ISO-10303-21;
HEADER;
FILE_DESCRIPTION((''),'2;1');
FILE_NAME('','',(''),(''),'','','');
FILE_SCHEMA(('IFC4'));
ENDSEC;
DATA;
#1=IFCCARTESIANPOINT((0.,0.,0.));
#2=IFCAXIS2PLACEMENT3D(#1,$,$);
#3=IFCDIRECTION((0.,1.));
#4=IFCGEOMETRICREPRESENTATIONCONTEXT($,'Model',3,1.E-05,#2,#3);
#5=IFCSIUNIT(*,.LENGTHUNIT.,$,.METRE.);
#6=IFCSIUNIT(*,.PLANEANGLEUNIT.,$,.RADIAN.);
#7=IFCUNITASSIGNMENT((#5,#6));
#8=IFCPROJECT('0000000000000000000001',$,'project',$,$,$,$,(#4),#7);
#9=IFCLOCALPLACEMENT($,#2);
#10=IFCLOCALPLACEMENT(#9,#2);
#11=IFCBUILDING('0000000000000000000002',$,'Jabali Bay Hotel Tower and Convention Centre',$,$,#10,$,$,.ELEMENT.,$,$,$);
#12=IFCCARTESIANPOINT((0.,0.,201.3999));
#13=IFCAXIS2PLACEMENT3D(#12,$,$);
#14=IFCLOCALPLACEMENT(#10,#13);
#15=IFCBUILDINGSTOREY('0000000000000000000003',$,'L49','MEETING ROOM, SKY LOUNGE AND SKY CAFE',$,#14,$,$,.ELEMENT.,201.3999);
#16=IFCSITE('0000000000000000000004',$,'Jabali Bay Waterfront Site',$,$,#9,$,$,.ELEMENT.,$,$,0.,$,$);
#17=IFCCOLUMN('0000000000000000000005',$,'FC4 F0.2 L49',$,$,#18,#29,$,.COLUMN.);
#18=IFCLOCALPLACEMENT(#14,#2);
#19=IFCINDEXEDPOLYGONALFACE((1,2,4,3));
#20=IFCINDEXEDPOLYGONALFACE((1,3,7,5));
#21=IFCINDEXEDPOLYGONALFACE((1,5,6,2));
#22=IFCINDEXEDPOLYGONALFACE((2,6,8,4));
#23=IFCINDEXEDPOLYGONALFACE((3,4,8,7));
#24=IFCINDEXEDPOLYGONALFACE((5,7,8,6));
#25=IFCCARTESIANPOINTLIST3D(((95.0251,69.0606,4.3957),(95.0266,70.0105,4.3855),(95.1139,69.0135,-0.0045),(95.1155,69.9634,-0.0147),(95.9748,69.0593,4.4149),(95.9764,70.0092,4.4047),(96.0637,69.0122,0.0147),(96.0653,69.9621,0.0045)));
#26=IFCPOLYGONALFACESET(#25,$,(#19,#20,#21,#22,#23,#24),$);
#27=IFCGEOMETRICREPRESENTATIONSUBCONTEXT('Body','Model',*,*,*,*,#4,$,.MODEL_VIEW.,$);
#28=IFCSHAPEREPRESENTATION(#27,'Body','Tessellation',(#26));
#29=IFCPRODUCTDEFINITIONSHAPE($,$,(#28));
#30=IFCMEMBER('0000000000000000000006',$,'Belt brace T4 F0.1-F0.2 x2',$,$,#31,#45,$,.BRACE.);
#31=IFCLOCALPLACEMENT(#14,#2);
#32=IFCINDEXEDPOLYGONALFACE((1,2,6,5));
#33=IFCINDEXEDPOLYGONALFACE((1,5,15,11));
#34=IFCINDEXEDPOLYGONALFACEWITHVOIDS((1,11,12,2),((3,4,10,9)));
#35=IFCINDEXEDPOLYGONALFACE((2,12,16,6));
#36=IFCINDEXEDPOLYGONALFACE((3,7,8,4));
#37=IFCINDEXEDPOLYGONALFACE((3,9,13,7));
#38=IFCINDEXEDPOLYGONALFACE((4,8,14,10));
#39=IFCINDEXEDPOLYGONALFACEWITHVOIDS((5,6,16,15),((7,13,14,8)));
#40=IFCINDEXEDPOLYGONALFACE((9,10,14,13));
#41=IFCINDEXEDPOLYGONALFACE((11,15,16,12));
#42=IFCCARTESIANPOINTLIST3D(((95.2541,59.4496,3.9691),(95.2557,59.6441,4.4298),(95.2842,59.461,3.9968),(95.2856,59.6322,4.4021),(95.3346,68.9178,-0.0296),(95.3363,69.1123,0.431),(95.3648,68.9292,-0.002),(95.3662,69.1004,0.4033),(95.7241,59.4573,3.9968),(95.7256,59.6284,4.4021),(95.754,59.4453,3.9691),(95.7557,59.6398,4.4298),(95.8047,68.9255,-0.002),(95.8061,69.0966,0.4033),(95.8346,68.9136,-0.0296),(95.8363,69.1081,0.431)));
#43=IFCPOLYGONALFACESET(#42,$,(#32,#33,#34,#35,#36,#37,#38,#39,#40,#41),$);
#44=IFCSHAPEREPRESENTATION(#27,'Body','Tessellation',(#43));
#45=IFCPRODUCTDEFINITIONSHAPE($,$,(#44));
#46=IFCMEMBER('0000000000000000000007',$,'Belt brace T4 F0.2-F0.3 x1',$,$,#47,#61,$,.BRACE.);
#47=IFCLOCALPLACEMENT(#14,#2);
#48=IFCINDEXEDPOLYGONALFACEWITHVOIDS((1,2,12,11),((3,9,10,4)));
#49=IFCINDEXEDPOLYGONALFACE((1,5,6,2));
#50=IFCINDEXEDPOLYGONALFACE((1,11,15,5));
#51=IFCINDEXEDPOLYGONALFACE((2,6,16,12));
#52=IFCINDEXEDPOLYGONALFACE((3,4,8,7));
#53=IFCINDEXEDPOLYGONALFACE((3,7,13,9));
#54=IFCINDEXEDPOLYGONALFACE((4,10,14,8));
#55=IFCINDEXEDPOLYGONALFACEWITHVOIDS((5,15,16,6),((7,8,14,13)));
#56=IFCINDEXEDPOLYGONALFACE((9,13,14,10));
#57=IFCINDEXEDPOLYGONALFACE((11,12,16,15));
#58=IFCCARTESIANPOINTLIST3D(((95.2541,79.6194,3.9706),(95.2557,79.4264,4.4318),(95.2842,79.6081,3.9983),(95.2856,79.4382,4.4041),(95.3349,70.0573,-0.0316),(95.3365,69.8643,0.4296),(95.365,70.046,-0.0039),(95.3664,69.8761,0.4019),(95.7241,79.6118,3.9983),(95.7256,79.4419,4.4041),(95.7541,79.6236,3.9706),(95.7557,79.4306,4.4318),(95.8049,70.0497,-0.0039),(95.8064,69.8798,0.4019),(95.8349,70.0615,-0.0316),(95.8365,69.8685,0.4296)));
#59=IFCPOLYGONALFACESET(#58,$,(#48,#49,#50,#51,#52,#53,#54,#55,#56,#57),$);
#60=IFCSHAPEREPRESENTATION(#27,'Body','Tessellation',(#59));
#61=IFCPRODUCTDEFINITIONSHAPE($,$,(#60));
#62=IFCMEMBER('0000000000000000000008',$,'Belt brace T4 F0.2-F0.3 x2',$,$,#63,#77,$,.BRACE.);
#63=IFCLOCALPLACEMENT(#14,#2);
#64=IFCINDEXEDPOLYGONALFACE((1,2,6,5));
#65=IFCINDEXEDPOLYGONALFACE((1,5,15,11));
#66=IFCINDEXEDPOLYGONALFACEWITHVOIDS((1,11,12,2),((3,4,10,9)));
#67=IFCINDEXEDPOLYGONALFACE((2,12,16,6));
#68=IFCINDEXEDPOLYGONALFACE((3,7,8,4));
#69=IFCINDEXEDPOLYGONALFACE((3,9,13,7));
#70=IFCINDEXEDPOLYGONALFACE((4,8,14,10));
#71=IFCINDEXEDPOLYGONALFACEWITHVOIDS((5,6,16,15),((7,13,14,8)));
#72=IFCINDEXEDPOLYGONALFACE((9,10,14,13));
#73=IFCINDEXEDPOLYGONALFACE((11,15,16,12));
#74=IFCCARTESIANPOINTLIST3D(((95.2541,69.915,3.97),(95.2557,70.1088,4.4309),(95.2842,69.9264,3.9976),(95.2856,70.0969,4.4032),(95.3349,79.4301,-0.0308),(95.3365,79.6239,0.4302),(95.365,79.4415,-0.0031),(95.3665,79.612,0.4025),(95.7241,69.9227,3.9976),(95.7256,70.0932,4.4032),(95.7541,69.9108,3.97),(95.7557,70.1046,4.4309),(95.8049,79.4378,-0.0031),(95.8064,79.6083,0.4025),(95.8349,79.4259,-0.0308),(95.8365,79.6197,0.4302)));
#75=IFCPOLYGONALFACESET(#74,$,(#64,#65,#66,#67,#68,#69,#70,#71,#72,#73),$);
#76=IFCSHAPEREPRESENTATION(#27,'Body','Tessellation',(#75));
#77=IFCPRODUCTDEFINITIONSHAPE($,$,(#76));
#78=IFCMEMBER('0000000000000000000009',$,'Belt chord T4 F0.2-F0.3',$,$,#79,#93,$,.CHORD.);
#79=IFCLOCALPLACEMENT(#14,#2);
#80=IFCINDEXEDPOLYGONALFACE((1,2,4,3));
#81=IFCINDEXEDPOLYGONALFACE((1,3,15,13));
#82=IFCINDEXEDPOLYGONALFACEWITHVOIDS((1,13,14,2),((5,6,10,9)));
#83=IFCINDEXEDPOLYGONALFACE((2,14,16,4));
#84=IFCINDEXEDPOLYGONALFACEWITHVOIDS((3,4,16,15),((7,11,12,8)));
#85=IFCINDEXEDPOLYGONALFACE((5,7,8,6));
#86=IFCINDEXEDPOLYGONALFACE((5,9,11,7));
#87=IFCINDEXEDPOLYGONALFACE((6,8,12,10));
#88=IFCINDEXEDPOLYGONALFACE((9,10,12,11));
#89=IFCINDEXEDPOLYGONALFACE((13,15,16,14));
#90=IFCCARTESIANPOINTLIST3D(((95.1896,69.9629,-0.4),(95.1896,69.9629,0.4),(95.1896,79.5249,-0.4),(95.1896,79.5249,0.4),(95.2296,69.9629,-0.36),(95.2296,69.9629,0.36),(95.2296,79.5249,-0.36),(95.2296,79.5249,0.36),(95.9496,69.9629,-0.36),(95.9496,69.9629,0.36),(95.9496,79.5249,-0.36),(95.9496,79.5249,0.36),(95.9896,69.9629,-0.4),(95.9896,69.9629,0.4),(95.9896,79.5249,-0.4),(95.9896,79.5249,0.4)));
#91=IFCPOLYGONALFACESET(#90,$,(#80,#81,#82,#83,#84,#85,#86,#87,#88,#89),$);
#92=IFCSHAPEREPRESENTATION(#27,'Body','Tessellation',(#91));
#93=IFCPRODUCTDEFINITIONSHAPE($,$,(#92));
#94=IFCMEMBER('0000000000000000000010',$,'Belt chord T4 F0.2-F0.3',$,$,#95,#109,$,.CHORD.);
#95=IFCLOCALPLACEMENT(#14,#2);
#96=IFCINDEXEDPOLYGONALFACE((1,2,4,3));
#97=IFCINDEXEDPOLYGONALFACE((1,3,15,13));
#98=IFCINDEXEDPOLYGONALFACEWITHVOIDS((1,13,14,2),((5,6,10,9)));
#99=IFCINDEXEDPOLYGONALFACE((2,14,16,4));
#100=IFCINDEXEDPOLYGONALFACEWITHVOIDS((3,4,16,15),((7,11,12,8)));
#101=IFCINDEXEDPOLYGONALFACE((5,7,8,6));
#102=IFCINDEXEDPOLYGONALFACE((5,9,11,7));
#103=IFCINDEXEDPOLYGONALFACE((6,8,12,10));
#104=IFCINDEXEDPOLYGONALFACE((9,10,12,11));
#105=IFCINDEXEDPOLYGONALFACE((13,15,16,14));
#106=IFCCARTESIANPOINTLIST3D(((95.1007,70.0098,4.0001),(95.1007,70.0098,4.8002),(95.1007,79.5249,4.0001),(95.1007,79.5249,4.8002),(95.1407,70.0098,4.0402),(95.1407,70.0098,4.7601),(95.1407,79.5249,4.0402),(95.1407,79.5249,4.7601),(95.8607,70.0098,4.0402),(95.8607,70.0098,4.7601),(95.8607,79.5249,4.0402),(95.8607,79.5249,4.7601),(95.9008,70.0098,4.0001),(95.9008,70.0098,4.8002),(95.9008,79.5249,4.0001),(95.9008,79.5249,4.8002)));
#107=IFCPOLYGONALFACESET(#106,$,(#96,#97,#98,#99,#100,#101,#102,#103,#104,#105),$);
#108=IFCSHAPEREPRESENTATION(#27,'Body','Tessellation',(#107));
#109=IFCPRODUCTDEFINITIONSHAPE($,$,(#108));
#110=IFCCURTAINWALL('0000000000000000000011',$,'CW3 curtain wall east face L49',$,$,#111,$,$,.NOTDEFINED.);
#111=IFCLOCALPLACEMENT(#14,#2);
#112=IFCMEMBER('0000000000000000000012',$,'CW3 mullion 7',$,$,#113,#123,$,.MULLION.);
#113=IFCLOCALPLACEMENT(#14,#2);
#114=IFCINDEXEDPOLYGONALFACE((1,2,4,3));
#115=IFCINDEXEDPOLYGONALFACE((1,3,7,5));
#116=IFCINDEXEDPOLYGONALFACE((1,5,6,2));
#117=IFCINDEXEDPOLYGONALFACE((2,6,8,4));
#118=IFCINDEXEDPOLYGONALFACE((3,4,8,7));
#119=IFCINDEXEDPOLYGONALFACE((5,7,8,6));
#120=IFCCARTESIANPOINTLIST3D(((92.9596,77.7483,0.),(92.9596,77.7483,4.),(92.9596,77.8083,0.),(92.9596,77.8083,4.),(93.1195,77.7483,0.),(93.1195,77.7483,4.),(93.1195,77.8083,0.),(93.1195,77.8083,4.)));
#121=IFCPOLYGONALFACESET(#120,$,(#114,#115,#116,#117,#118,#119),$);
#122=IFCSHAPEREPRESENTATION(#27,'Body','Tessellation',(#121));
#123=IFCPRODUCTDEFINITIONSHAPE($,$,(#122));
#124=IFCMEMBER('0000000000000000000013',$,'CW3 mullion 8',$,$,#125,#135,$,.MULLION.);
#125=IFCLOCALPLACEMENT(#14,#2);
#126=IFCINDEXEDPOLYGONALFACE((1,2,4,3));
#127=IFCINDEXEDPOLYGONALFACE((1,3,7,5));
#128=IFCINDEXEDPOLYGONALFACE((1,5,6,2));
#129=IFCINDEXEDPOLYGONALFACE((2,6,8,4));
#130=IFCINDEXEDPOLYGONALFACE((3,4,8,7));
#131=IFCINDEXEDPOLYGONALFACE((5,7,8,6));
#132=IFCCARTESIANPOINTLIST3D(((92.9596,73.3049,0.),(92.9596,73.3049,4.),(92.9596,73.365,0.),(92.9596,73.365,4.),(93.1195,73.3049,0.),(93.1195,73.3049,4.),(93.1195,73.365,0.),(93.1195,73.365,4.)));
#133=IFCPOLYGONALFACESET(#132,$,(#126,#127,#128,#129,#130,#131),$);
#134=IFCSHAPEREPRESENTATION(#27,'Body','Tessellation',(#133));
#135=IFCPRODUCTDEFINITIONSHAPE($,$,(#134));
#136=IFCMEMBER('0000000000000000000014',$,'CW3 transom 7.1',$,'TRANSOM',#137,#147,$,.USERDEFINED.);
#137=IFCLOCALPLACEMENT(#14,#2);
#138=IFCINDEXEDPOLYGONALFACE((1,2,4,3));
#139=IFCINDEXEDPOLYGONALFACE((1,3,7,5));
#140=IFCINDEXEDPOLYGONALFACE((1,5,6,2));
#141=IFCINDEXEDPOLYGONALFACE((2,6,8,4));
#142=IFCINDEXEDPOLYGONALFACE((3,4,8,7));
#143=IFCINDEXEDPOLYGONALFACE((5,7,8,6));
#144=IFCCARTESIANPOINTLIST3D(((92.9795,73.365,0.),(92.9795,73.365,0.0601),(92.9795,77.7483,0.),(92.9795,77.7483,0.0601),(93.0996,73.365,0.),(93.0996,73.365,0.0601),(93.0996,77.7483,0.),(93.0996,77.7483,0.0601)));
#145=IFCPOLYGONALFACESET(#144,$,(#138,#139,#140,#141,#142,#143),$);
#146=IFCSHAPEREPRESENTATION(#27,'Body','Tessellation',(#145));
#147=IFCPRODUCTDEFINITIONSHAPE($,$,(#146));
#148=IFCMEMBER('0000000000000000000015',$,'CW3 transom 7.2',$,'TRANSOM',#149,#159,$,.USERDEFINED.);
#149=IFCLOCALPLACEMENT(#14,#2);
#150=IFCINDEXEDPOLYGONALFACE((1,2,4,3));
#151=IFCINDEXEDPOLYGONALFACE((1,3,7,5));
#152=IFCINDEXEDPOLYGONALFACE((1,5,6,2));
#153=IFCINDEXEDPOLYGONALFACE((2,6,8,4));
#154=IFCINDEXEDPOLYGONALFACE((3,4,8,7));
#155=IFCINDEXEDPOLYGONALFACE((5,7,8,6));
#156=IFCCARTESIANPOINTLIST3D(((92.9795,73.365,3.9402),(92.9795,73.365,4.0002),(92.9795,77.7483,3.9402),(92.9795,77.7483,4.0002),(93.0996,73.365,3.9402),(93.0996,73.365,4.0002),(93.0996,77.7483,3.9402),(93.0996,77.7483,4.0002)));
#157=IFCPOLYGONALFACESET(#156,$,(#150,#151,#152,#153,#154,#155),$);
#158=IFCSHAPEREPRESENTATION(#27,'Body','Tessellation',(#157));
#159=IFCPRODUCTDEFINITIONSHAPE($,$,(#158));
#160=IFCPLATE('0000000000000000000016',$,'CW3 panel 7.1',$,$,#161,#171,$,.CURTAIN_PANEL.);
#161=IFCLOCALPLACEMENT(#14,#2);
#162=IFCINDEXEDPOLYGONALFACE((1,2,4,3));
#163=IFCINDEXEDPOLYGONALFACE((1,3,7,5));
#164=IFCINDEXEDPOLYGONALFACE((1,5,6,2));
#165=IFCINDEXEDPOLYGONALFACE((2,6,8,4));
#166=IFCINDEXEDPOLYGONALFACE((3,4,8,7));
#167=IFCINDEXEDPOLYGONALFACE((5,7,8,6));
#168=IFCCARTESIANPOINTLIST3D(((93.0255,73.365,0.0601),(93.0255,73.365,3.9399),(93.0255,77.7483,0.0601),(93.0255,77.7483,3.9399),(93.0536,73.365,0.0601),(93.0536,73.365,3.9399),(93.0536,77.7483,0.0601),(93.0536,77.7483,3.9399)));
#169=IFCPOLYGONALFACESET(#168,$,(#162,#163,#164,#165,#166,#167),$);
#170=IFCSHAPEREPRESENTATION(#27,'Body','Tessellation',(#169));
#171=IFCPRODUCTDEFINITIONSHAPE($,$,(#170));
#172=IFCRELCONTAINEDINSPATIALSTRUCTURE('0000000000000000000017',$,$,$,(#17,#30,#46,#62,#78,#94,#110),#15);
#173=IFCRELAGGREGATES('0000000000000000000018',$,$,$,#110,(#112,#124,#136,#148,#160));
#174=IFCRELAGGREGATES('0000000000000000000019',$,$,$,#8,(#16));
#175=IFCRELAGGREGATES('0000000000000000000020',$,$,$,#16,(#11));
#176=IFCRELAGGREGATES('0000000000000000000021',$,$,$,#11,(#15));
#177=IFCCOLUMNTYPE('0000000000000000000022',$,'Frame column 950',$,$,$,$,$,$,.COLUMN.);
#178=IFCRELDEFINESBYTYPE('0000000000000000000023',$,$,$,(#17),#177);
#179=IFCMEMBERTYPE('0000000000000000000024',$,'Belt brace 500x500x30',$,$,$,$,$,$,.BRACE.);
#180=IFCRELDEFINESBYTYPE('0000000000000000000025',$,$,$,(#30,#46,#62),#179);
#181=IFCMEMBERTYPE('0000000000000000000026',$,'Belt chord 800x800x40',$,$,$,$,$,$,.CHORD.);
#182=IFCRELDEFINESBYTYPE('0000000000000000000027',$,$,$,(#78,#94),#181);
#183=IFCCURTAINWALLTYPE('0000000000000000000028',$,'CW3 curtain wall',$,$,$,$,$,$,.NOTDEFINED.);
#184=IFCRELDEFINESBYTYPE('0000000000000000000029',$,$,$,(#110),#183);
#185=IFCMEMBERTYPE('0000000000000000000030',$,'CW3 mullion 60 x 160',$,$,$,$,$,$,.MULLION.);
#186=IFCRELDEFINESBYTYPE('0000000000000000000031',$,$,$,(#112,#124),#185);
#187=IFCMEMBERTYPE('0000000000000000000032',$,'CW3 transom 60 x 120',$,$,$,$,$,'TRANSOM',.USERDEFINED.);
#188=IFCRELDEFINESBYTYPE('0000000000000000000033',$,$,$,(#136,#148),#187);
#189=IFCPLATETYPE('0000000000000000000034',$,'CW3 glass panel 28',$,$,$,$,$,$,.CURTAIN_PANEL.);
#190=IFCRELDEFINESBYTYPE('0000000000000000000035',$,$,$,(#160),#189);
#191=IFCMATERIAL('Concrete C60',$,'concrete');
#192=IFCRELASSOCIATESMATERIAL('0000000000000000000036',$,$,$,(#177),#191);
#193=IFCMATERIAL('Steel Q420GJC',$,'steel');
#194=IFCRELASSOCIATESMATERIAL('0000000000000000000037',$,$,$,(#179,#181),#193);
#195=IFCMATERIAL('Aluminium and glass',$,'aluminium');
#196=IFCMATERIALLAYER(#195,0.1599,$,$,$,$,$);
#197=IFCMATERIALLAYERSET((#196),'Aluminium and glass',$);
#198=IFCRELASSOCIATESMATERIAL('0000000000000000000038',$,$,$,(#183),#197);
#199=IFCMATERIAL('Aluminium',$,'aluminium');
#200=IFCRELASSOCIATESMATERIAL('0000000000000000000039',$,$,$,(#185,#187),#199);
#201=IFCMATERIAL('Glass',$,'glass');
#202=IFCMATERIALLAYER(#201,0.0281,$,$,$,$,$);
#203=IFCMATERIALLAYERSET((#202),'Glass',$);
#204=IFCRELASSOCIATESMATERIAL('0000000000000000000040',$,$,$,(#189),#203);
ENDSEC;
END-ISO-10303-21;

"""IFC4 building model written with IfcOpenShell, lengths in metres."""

from ifc_helpers import new_model, si_unit, direction, frame, origin, origin_2d, place, context, subcontext, project, spatial, rectangle, hollow_rectangle, extrude, material, layer, layer_set, material_profile, profile_set, type_object, element, aggregate, save


model = new_model("IFC4")

# Units and contexts
model_context = context("Model", 3, precision=1e-05, world=origin(), true_north=direction((0.0, 1.0)))
body_context = subcontext(model_context, "Body", "Model", "MODEL_VIEW")
ifc_project = project(units=[si_unit("LENGTHUNIT", "METRE"), si_unit("PLANEANGLEUNIT", "RADIAN")], contexts=[model_context])

# Site, building, storey
site_placement = place(None, origin())
site = spatial("IfcSite", under=ifc_project, at=site_placement, Name="Jabali Bay Waterfront Site", CompositionType="ELEMENT", RefElevation=0.0)
building_placement = place(site_placement, origin())
building = spatial("IfcBuilding", under=site, at=building_placement, Name="Jabali Bay Hotel Tower and Convention Centre", CompositionType="ELEMENT")
storey_placement = place(building_placement, frame((0.0, 0.0, 201.3999)))
storey = spatial("IfcBuildingStorey", under=building, at=storey_placement, Name="L49", Description="MEETING ROOM, SKY LOUNGE AND SKY CAFE", CompositionType="ELEMENT", Elevation=201.3999)

# Column
ifc_material_1 = material(Name="Concrete C60", Category="concrete")
ifc_material_profile_1 = material_profile(ifc_material_1, rectangle(XDim=0.95, YDim=0.95, at=origin_2d()), Name="Frame column 950")
ifc_profile_set_1 = profile_set([ifc_material_profile_1], Name="Concrete C60")
column_type = type_object("IfcColumnType", Name="Frame column 950", PredefinedType="COLUMN", material=ifc_profile_set_1)
column_placement = place(storey_placement, frame((95.5896, 69.4878, 0.0), z_axis=(-0.020191, 0.010706, 0.999739), x_axis=(-0.001646, -0.999942, 0.010675)))
element("IfcColumn", 1, at=column_placement, inside=storey, type_object=column_type, Name="FC4 F0.2 L49", PredefinedType="COLUMN", context=body_context, shape_type="SweptSolid", body=[
    extrude(rectangle(XDim=0.95, YDim=0.95, at=origin_2d()), origin(), (0.0, 0.0, 1.0), 4.4014),
])

# Members
ifc_material_2 = material(Name="Steel Q420GJC", Category="steel")
ifc_material_profile_2 = material_profile(ifc_material_2, hollow_rectangle(XDim=0.5, YDim=0.5, WallThickness=0.03, at=origin_2d()), Name="Belt brace 500x500x30")
ifc_profile_set_2 = profile_set([ifc_material_profile_2], Name="Steel Q420GJC")
member_type_1 = type_object("IfcMemberType", Name="Belt brace 500x500x30", PredefinedType="BRACE", material=ifc_profile_set_2)
member_1_placement = place(storey_placement, frame((95.5854, 69.0129, 0.2007), z_axis=(-0.007838, -0.921184, 0.389048), x_axis=(0.999964, -0.008509, 0.0)))
element("IfcMember", 2, at=member_1_placement, inside=storey, type_object=member_type_1, Name="Belt brace T4 F0.1-F0.2 x2", PredefinedType="BRACE", context=body_context, shape_type="SweptSolid", body=[
    extrude(hollow_rectangle(XDim=0.5, YDim=0.5, WallThickness=0.03, at=origin_2d()), origin(), (0.0, 0.0, 1.0), 10.2783),
])
member_2_placement = place(storey_placement, frame((95.5857, 69.9629, 0.199), z_axis=(-0.007796, 0.92243, 0.386085), x_axis=(-0.999964, -0.008451, 0.0)))
element("IfcMember", 3, at=member_2_placement, inside=storey, type_object=member_type_1, Name="Belt brace T4 F0.2-F0.3 x1", PredefinedType="BRACE", context=body_context, shape_type="SweptSolid", body=[
    extrude(hollow_rectangle(XDim=0.5, YDim=0.5, WallThickness=0.03, at=origin_2d()), origin(), (0.0, 0.0, 1.0), 10.3662),
])
member_3_placement = place(storey_placement, frame((95.5857, 79.5249, 0.1997), z_axis=(-0.007829, -0.921802, 0.387581), x_axis=(0.999964, -0.008493, 0.0)))
element("IfcMember", 4, at=member_3_placement, inside=storey, type_object=member_type_1, Name="Belt brace T4 F0.2-F0.3 x2", PredefinedType="BRACE", context=body_context, shape_type="SweptSolid", body=[
    extrude(hollow_rectangle(XDim=0.5, YDim=0.5, WallThickness=0.03, at=origin_2d()), origin(), (0.0, 0.0, 1.0), 10.3223),
])
ifc_material_profile_3 = material_profile(ifc_material_2, hollow_rectangle(XDim=0.8, YDim=0.8, WallThickness=0.04, at=origin_2d()), Name="Belt chord 800x800x40")
ifc_profile_set_3 = profile_set([ifc_material_profile_3], Name="Steel Q420GJC")
member_type_2 = type_object("IfcMemberType", Name="Belt chord 800x800x40", PredefinedType="CHORD", material=ifc_profile_set_3)
member_4_placement = place(storey_placement, frame((95.5896, 69.9629, 0.0), z_axis=(0.0, 1.0, 0.0), x_axis=(-1.0, 0.0, 0.0)))
element("IfcMember", 5, at=member_4_placement, inside=storey, type_object=member_type_2, Name="Belt chord T4 F0.2-F0.3", PredefinedType="CHORD", context=body_context, shape_type="SweptSolid", body=[
    extrude(hollow_rectangle(XDim=0.8, YDim=0.8, WallThickness=0.04, at=origin_2d()), origin(), (0.0, 0.0, 1.0), 9.562),
])
member_5_placement = place(storey_placement, frame((95.5007, 70.0098, 4.4001), z_axis=(0.0, 1.0, 0.0), x_axis=(-1.0, 0.0, 0.0)))
element("IfcMember", 6, at=member_5_placement, inside=storey, type_object=member_type_2, Name="Belt chord T4 F0.2-F0.3", PredefinedType="CHORD", context=body_context, shape_type="SweptSolid", body=[
    extrude(hollow_rectangle(XDim=0.8, YDim=0.8, WallThickness=0.04, at=origin_2d()), origin(), (0.0, 0.0, 1.0), 9.5151),
])

# Curtain wall, members, plate
ifc_material_3 = material(Name="Aluminium and glass", Category="aluminium")
ifc_layer_1 = layer(ifc_material_3, 0.1599)
ifc_layer_set_1 = layer_set([ifc_layer_1], Name="Aluminium and glass")
curtain_wall_type = type_object("IfcCurtainWallType", Name="CW3 curtain wall", PredefinedType="NOTDEFINED", material=ifc_layer_set_1)
curtain_wall_placement = place(storey_placement, origin())
curtain_wall = element("IfcCurtainWall", 7, at=curtain_wall_placement, inside=storey, type_object=curtain_wall_type, Name="CW3 curtain wall east face L49", PredefinedType="NOTDEFINED")
ifc_material_4 = material(Name="Aluminium", Category="aluminium")
ifc_material_profile_4 = material_profile(ifc_material_4, rectangle(XDim=0.1599, YDim=0.0601, at=origin_2d()), Name="CW3 mullion 60 x 160")
ifc_profile_set_4 = profile_set([ifc_material_profile_4], Name="Aluminium")
member_type_3 = type_object("IfcMemberType", Name="CW3 mullion 60 x 160", PredefinedType="MULLION", material=ifc_profile_set_4)
member_6_placement = place(storey_placement, frame((93.0396, 77.7783, 0.0), z_axis=(0.0, 0.0, 1.0), x_axis=(1.0, 0.0, 0.0)))
member_6 = element("IfcMember", 8, at=member_6_placement, type_object=member_type_3, Name="CW3 mullion 7", PredefinedType="MULLION", context=body_context, shape_type="SweptSolid", body=[
    extrude(rectangle(XDim=0.1599, YDim=0.0601, at=origin_2d()), origin(), (0.0, 0.0, 1.0), 4.0),
])
member_7_placement = place(storey_placement, frame((93.0396, 73.335, 0.0), z_axis=(0.0, 0.0, 1.0), x_axis=(1.0, 0.0, 0.0)))
member_7 = element("IfcMember", 9, at=member_7_placement, type_object=member_type_3, Name="CW3 mullion 8", PredefinedType="MULLION", context=body_context, shape_type="SweptSolid", body=[
    extrude(rectangle(XDim=0.1599, YDim=0.0601, at=origin_2d()), origin(), (0.0, 0.0, 1.0), 4.0),
])
ifc_material_profile_5 = material_profile(ifc_material_4, rectangle(XDim=0.1201, YDim=0.0601, at=origin_2d()), Name="CW3 transom 60 x 120")
ifc_profile_set_5 = profile_set([ifc_material_profile_5], Name="Aluminium")
member_type_4 = type_object("IfcMemberType", Name="CW3 transom 60 x 120", ElementType="TRANSOM", PredefinedType="USERDEFINED", material=ifc_profile_set_5)
member_8_placement = place(storey_placement, frame((93.0396, 77.7483, 0.03), z_axis=(0.0, -1.0, 0.0), x_axis=(1.0, 0.0, 0.0)))
member_8 = element("IfcMember", 10, at=member_8_placement, type_object=member_type_4, Name="CW3 transom 7.1", ObjectType="TRANSOM", PredefinedType="USERDEFINED", context=body_context, shape_type="SweptSolid", body=[
    extrude(rectangle(XDim=0.1201, YDim=0.0601, at=origin_2d()), origin(), (0.0, 0.0, 1.0), 4.3833),
])
member_9_placement = place(storey_placement, frame((93.0396, 77.7483, 3.9702), z_axis=(0.0, -1.0, 0.0), x_axis=(1.0, 0.0, 0.0)))
member_9 = element("IfcMember", 11, at=member_9_placement, type_object=member_type_4, Name="CW3 transom 7.2", ObjectType="TRANSOM", PredefinedType="USERDEFINED", context=body_context, shape_type="SweptSolid", body=[
    extrude(rectangle(XDim=0.1201, YDim=0.0601, at=origin_2d()), origin(), (0.0, 0.0, 1.0), 4.3833),
])
ifc_material_5 = material(Name="Glass", Category="glass")
ifc_layer_2 = layer(ifc_material_5, 0.0281)
ifc_layer_set_2 = layer_set([ifc_layer_2], Name="Glass")
plate_type = type_object("IfcPlateType", Name="CW3 glass panel 28", PredefinedType="CURTAIN_PANEL", material=ifc_layer_set_2)
plate_placement = place(storey_placement, frame((93.0396, 75.5566, 0.0601), z_axis=(0.0, 0.0, 1.0), x_axis=(0.0, -1.0, 0.0)))
plate = element("IfcPlate", 12, at=plate_placement, type_object=plate_type, Name="CW3 panel 7.1", PredefinedType="CURTAIN_PANEL", context=body_context, shape_type="SweptSolid", body=[
    extrude(rectangle(XDim=4.3833, YDim=0.0281, at=origin_2d()), origin(), (0.0, 0.0, 1.0), 3.8799),
])
aggregate(curtain_wall, [member_6, member_7, member_8, member_9, plate])

save(model, "model.ifc")
